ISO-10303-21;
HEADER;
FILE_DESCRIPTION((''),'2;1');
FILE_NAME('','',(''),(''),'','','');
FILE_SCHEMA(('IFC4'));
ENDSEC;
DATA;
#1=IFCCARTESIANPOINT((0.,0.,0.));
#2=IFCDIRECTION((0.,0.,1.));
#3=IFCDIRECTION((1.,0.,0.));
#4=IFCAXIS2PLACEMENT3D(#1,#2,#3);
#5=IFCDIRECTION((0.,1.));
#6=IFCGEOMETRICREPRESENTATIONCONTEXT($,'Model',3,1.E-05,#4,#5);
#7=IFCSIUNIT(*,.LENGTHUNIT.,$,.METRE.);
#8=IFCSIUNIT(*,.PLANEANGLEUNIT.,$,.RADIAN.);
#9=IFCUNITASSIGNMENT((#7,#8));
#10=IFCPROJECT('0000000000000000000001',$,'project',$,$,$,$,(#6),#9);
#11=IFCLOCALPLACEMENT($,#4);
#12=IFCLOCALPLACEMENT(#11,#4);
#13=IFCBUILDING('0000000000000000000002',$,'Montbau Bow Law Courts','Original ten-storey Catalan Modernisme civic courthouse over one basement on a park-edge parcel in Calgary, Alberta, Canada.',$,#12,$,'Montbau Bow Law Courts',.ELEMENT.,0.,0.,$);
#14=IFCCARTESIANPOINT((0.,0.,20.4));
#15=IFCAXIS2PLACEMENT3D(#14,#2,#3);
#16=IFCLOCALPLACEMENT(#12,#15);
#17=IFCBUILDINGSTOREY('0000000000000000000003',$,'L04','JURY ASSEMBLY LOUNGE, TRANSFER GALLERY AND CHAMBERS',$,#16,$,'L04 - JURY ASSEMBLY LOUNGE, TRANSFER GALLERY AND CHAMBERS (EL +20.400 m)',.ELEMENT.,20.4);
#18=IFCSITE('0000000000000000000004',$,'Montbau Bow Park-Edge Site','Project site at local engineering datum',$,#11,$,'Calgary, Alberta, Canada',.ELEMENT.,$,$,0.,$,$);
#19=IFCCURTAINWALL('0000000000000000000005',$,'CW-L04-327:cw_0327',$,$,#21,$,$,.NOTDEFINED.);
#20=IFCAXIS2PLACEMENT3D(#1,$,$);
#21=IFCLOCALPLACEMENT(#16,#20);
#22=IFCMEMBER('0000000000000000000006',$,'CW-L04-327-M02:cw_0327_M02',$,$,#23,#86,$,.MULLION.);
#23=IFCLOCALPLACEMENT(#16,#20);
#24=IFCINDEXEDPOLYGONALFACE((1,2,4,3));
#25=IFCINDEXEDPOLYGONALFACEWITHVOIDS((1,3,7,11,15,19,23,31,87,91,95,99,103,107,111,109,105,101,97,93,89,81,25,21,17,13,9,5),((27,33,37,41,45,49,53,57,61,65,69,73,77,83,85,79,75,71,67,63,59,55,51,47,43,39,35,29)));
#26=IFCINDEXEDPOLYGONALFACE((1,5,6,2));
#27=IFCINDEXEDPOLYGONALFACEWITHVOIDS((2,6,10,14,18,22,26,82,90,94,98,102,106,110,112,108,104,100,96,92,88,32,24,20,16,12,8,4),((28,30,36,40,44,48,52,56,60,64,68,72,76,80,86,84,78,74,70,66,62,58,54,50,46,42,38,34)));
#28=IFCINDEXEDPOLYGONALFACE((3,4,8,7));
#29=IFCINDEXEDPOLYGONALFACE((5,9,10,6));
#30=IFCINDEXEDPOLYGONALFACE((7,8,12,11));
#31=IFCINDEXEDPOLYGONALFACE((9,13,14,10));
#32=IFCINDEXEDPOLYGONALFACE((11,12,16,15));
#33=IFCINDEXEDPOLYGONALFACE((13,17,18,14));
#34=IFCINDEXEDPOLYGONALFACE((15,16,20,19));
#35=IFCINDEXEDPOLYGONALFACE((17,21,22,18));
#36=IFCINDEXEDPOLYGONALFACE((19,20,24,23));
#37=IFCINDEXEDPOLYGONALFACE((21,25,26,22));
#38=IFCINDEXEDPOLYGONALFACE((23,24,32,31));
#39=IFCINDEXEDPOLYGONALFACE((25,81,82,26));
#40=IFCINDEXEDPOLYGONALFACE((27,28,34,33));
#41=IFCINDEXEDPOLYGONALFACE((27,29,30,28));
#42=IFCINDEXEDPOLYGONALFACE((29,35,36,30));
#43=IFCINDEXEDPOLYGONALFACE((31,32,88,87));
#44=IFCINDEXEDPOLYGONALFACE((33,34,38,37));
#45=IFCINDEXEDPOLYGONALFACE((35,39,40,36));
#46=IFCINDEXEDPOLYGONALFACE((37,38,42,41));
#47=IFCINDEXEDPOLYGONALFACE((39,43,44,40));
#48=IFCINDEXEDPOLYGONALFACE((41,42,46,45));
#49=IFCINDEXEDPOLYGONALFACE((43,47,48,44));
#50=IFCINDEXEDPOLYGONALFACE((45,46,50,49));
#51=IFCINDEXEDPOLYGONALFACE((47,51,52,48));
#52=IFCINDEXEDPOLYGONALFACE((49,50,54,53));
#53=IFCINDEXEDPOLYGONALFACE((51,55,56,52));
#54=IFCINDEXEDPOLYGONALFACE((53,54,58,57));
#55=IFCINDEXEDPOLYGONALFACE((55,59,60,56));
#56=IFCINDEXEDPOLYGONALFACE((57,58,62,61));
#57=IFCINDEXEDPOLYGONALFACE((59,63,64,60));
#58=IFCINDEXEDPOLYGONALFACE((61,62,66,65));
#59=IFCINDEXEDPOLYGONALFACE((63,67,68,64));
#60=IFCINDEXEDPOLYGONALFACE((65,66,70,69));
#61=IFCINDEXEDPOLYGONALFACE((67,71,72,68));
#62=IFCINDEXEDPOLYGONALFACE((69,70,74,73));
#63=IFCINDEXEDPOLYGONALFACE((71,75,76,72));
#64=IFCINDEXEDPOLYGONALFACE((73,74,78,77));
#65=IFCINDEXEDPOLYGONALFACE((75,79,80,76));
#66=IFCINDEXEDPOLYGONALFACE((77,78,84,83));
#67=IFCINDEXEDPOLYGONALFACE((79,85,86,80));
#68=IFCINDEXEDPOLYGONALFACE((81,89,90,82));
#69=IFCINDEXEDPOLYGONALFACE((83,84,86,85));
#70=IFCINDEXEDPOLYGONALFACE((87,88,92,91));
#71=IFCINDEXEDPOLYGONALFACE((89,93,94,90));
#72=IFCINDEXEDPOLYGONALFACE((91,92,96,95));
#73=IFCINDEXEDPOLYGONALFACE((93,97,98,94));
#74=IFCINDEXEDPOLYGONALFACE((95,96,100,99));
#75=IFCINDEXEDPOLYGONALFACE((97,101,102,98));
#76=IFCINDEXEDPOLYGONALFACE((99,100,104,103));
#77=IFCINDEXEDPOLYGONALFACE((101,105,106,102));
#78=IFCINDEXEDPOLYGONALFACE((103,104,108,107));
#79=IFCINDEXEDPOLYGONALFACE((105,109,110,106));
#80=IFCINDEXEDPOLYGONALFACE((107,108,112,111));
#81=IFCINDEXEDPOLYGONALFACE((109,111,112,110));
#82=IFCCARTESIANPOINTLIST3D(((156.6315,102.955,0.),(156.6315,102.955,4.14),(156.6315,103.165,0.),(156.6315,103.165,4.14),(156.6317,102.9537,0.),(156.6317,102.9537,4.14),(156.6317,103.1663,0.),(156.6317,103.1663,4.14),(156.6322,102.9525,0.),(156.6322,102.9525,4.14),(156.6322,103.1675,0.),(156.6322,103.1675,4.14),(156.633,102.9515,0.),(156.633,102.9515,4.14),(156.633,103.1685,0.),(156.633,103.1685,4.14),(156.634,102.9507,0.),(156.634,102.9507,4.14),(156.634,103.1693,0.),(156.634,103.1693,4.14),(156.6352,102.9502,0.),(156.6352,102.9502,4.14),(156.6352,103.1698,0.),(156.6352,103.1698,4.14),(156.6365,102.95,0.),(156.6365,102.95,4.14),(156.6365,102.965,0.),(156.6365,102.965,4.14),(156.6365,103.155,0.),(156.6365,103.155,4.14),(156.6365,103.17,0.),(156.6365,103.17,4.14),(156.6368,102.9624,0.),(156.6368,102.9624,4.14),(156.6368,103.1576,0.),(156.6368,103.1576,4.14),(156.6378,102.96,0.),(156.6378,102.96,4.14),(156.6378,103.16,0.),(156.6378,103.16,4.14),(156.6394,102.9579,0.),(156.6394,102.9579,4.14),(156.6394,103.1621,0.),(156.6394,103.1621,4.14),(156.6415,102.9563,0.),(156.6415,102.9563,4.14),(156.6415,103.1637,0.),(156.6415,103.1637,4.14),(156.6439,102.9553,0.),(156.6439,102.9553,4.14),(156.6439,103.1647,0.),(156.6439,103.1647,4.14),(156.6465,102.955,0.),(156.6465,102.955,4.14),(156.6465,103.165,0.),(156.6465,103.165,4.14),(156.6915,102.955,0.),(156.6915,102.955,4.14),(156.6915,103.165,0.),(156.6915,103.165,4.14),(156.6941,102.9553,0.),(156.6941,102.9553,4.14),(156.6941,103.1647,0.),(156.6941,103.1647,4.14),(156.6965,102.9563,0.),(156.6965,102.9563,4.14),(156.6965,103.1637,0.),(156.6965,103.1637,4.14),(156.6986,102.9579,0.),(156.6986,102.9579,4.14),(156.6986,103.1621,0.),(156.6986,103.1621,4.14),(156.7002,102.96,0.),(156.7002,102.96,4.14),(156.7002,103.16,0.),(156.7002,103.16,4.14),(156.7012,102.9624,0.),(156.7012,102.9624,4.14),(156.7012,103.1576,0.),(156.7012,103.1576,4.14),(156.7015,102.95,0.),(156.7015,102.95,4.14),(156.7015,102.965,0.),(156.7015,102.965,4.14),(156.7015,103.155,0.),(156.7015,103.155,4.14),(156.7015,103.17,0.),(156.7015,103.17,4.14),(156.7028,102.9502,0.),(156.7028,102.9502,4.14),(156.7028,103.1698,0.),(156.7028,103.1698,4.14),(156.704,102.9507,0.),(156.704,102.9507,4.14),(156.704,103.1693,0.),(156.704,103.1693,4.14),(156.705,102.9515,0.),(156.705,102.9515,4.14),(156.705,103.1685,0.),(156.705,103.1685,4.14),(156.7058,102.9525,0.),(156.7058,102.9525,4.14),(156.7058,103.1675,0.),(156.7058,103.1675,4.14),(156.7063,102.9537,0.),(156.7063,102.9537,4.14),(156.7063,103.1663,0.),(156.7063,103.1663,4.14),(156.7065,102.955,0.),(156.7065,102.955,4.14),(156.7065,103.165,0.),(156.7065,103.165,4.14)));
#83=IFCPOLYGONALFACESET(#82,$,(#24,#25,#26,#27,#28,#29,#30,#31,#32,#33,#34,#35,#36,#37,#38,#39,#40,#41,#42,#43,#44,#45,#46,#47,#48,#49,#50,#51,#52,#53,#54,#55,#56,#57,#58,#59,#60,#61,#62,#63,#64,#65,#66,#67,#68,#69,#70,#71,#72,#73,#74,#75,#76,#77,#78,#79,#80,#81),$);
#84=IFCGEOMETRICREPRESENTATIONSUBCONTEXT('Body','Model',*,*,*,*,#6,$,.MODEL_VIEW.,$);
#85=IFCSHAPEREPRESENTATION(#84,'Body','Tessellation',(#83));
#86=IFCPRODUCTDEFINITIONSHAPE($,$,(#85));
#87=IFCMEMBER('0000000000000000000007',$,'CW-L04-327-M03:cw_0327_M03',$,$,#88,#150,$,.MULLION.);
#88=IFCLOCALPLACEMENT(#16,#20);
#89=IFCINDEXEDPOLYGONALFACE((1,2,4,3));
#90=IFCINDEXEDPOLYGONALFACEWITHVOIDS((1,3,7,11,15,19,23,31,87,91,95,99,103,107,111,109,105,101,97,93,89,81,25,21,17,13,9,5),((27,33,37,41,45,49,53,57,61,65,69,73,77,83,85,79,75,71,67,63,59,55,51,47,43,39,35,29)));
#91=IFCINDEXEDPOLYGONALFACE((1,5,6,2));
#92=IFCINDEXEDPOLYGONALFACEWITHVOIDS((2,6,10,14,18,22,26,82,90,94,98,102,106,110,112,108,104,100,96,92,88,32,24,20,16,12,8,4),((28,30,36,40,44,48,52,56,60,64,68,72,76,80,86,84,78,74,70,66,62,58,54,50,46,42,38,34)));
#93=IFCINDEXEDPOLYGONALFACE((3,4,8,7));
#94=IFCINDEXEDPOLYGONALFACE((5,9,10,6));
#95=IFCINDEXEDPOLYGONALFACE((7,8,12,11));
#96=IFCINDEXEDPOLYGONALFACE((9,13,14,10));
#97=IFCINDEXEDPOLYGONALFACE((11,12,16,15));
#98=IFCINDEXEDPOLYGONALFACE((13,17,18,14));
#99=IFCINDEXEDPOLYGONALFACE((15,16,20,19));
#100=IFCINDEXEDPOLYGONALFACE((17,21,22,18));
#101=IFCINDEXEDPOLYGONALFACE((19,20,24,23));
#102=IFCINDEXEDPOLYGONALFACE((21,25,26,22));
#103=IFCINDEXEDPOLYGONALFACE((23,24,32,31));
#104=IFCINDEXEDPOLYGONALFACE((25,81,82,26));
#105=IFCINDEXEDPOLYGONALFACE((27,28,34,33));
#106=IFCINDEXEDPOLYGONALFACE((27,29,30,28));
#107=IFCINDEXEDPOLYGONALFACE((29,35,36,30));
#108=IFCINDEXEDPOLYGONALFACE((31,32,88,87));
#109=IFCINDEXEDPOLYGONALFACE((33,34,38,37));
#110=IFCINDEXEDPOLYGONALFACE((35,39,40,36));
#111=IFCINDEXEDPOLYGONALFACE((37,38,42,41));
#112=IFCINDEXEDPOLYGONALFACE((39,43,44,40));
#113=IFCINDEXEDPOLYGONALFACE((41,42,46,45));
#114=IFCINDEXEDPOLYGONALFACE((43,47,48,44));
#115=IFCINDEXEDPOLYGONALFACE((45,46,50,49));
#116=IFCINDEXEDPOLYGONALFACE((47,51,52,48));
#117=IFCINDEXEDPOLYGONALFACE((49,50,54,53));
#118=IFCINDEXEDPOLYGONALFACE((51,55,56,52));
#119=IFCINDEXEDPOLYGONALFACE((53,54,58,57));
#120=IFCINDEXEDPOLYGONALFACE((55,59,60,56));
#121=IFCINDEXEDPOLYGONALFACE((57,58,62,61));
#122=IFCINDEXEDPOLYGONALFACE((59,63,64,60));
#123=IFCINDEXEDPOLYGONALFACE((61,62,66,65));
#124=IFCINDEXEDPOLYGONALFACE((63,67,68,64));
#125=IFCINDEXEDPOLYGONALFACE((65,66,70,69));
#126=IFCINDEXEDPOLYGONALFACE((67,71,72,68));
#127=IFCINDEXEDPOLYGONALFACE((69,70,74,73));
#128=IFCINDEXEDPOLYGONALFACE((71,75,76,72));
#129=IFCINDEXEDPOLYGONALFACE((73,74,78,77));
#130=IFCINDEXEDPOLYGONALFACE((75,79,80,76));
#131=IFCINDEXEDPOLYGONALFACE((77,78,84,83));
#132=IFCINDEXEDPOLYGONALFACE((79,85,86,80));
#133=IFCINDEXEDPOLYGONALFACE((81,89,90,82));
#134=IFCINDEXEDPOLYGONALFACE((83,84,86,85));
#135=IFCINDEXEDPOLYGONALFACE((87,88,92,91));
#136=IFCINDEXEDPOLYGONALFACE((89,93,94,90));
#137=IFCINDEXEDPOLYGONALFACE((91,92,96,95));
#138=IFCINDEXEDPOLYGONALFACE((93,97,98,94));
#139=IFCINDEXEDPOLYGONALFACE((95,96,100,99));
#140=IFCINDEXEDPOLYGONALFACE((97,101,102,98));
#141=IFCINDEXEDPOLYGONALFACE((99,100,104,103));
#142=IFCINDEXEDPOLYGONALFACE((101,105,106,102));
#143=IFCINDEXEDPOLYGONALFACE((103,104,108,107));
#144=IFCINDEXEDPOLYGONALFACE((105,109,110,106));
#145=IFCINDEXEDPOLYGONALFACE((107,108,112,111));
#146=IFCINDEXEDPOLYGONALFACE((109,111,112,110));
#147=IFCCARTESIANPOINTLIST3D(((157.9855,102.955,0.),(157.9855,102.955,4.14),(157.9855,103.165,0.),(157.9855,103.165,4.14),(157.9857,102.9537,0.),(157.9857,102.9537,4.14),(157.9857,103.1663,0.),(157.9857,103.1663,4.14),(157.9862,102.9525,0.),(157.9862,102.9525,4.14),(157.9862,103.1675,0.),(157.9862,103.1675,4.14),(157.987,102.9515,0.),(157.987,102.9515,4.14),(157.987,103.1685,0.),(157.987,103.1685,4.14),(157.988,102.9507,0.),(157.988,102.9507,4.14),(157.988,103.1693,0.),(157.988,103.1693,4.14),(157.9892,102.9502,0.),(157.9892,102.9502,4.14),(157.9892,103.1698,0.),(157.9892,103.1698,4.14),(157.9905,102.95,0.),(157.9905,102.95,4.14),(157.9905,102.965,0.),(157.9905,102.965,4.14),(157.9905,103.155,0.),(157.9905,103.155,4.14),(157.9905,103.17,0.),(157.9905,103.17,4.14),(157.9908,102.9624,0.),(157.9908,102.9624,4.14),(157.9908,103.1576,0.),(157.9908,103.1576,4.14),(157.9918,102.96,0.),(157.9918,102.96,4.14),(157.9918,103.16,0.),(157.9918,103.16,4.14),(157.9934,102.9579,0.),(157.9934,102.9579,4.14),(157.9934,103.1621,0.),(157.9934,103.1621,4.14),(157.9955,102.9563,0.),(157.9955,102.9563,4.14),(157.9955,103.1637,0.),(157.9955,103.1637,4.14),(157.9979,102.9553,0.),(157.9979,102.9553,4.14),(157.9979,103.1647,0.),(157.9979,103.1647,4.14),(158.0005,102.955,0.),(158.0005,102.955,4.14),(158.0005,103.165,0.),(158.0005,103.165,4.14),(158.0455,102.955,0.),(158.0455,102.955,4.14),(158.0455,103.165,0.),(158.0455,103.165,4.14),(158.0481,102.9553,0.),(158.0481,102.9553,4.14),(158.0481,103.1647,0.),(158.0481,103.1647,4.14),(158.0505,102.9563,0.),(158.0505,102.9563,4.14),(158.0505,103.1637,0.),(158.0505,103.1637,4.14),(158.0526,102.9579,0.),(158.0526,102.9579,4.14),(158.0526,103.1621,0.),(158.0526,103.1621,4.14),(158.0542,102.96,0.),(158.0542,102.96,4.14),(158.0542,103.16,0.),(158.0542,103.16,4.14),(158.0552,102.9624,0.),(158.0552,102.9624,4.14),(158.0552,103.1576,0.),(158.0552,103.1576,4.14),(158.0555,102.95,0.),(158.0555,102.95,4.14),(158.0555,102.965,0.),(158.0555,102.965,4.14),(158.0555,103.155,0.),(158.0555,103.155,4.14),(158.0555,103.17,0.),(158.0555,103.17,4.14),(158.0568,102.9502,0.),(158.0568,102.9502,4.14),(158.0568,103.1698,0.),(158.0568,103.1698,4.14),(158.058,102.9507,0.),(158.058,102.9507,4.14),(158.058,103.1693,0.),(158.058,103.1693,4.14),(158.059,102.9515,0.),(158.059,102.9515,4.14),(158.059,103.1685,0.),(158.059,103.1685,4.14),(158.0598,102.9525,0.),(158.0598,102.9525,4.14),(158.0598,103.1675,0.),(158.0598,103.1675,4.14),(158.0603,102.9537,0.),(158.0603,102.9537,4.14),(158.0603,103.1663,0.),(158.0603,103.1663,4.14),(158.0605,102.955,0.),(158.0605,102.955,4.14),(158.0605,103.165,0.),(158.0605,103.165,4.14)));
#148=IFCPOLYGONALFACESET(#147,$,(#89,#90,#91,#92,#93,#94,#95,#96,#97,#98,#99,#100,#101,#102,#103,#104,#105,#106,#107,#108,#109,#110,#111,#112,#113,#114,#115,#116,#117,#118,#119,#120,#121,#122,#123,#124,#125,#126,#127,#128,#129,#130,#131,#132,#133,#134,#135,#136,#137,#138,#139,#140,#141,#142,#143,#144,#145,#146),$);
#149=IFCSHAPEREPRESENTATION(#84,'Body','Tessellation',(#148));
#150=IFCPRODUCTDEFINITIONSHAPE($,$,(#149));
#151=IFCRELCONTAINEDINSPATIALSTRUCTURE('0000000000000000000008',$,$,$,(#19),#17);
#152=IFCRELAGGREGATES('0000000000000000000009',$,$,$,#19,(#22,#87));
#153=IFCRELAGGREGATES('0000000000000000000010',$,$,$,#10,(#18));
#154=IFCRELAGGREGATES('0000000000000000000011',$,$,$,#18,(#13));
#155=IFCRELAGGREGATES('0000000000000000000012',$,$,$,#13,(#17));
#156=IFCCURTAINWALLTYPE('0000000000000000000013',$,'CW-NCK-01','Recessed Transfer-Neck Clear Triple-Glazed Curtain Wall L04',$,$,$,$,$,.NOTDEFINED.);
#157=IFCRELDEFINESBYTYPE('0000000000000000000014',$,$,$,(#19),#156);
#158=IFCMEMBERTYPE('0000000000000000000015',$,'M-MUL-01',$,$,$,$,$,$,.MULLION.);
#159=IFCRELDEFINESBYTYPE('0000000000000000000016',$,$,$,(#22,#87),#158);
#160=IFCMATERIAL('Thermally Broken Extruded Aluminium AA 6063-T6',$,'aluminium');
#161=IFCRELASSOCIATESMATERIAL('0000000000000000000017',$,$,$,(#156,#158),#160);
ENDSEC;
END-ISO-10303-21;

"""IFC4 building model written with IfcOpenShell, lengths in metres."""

from ifc_helpers import new_model, si_unit, direction, frame, origin_with_axes, origin_2d_with_axis, place, context, subcontext, project, spatial, hollow_rectangle, extrude, material, material_profile, profile_set, type_object, element, aggregate, save


model = new_model("IFC4")

# Units and contexts
model_context = context("Model", 3, precision=1e-05, world=origin_with_axes(), true_north=direction((0.0, 1.0)))
body_context = subcontext(model_context, "Body", "Model", "MODEL_VIEW")
ifc_project = project(units=[si_unit("LENGTHUNIT", "METRE"), si_unit("PLANEANGLEUNIT", "RADIAN")], contexts=[model_context])

# Site, building, storey
site_placement = place(None, origin_with_axes())
site = spatial("IfcSite", under=ifc_project, at=site_placement, Name="Montbau Bow Park-Edge Site", Description="Project site at local engineering datum", LongName="Calgary, Alberta, Canada", CompositionType="ELEMENT", RefElevation=0.0)
building_placement = place(site_placement, origin_with_axes())
building = spatial("IfcBuilding", under=site, at=building_placement, Name="Montbau Bow Law Courts", Description="Original ten-storey Catalan Modernisme civic courthouse over one basement on a park-edge parcel in Calgary, Alberta, Canada.", LongName="Montbau Bow Law Courts", CompositionType="ELEMENT", ElevationOfRefHeight=0.0, ElevationOfTerrain=0.0)
storey_placement = place(building_placement, frame((0.0, 0.0, 20.4), z_axis=(0.0, 0.0, 1.0), x_axis=(1.0, 0.0, 0.0)))
storey = spatial("IfcBuildingStorey", under=building, at=storey_placement, Name="L04", Description="JURY ASSEMBLY LOUNGE, TRANSFER GALLERY AND CHAMBERS", LongName="L04 - JURY ASSEMBLY LOUNGE, TRANSFER GALLERY AND CHAMBERS (EL +20.400 m)", CompositionType="ELEMENT", Elevation=20.4)

# Curtain wall, members
ifc_material_1 = material(Name="Thermally Broken Extruded Aluminium AA 6063-T6", Category="aluminium")
curtain_wall_type = type_object("IfcCurtainWallType", Name="CW-NCK-01", Description="Recessed Transfer-Neck Clear Triple-Glazed Curtain Wall L04", PredefinedType="NOTDEFINED", material=ifc_material_1)
curtain_wall_1_placement = place(None, frame((155.315, 103.06, 20.4), z_axis=(0.0, 0.0, 1.0), x_axis=(1.0, 0.0, 0.0)))
curtain_wall_1 = element("IfcCurtainWall", 1, at=curtain_wall_1_placement, inside=storey, type_object=curtain_wall_type, Name="CW-L04-327:cw_0327", PredefinedType="NOTDEFINED")
ifc_material_profile_1 = material_profile(ifc_material_1, hollow_rectangle(XDim=0.075, YDim=0.22, WallThickness=0.005, InnerFilletRadius=0.01, OuterFilletRadius=0.005, at=origin_2d_with_axis()), Name="CWM-220X75", Category="Main", Priority=0)
ifc_profile_set_1 = profile_set([ifc_material_profile_1], Name="Thermally Broken Extruded Aluminium AA 6063-T6")
member_type_1 = type_object("IfcMemberType", Name="M-MUL-01", PredefinedType="MULLION", material=ifc_profile_set_1)
member_1_placement = place(None, frame((156.669, 103.06, 20.4), z_axis=(0.0, 0.0, 1.0), x_axis=(1.0, 0.0, 0.0)))
member_1 = element("IfcMember", 2, at=member_1_placement, type_object=member_type_1, Name="CW-L04-327-M02:cw_0327_M02", PredefinedType="MULLION", context=body_context, shape_type="SweptSolid", body=[
    extrude(hollow_rectangle(XDim=0.075, YDim=0.22, WallThickness=0.005, InnerFilletRadius=0.01, OuterFilletRadius=0.005, at=origin_2d_with_axis()), origin_with_axes(), (0.0, 0.0, 1.0), 4.14),
])
member_2_placement = place(None, frame((158.023, 103.06, 20.4), z_axis=(0.0, 0.0, 1.0), x_axis=(1.0, 0.0, 0.0)))
member_2 = element("IfcMember", 3, at=member_2_placement, type_object=member_type_1, Name="CW-L04-327-M03:cw_0327_M03", PredefinedType="MULLION", context=body_context, shape_type="SweptSolid", body=[
    extrude(hollow_rectangle(XDim=0.075, YDim=0.22, WallThickness=0.005, InnerFilletRadius=0.01, OuterFilletRadius=0.005, at=origin_2d_with_axis()), origin_with_axes(), (0.0, 0.0, 1.0), 4.14),
])

aggregate(curtain_wall_1, [member_1, member_2])

save(model, "model.ifc")
